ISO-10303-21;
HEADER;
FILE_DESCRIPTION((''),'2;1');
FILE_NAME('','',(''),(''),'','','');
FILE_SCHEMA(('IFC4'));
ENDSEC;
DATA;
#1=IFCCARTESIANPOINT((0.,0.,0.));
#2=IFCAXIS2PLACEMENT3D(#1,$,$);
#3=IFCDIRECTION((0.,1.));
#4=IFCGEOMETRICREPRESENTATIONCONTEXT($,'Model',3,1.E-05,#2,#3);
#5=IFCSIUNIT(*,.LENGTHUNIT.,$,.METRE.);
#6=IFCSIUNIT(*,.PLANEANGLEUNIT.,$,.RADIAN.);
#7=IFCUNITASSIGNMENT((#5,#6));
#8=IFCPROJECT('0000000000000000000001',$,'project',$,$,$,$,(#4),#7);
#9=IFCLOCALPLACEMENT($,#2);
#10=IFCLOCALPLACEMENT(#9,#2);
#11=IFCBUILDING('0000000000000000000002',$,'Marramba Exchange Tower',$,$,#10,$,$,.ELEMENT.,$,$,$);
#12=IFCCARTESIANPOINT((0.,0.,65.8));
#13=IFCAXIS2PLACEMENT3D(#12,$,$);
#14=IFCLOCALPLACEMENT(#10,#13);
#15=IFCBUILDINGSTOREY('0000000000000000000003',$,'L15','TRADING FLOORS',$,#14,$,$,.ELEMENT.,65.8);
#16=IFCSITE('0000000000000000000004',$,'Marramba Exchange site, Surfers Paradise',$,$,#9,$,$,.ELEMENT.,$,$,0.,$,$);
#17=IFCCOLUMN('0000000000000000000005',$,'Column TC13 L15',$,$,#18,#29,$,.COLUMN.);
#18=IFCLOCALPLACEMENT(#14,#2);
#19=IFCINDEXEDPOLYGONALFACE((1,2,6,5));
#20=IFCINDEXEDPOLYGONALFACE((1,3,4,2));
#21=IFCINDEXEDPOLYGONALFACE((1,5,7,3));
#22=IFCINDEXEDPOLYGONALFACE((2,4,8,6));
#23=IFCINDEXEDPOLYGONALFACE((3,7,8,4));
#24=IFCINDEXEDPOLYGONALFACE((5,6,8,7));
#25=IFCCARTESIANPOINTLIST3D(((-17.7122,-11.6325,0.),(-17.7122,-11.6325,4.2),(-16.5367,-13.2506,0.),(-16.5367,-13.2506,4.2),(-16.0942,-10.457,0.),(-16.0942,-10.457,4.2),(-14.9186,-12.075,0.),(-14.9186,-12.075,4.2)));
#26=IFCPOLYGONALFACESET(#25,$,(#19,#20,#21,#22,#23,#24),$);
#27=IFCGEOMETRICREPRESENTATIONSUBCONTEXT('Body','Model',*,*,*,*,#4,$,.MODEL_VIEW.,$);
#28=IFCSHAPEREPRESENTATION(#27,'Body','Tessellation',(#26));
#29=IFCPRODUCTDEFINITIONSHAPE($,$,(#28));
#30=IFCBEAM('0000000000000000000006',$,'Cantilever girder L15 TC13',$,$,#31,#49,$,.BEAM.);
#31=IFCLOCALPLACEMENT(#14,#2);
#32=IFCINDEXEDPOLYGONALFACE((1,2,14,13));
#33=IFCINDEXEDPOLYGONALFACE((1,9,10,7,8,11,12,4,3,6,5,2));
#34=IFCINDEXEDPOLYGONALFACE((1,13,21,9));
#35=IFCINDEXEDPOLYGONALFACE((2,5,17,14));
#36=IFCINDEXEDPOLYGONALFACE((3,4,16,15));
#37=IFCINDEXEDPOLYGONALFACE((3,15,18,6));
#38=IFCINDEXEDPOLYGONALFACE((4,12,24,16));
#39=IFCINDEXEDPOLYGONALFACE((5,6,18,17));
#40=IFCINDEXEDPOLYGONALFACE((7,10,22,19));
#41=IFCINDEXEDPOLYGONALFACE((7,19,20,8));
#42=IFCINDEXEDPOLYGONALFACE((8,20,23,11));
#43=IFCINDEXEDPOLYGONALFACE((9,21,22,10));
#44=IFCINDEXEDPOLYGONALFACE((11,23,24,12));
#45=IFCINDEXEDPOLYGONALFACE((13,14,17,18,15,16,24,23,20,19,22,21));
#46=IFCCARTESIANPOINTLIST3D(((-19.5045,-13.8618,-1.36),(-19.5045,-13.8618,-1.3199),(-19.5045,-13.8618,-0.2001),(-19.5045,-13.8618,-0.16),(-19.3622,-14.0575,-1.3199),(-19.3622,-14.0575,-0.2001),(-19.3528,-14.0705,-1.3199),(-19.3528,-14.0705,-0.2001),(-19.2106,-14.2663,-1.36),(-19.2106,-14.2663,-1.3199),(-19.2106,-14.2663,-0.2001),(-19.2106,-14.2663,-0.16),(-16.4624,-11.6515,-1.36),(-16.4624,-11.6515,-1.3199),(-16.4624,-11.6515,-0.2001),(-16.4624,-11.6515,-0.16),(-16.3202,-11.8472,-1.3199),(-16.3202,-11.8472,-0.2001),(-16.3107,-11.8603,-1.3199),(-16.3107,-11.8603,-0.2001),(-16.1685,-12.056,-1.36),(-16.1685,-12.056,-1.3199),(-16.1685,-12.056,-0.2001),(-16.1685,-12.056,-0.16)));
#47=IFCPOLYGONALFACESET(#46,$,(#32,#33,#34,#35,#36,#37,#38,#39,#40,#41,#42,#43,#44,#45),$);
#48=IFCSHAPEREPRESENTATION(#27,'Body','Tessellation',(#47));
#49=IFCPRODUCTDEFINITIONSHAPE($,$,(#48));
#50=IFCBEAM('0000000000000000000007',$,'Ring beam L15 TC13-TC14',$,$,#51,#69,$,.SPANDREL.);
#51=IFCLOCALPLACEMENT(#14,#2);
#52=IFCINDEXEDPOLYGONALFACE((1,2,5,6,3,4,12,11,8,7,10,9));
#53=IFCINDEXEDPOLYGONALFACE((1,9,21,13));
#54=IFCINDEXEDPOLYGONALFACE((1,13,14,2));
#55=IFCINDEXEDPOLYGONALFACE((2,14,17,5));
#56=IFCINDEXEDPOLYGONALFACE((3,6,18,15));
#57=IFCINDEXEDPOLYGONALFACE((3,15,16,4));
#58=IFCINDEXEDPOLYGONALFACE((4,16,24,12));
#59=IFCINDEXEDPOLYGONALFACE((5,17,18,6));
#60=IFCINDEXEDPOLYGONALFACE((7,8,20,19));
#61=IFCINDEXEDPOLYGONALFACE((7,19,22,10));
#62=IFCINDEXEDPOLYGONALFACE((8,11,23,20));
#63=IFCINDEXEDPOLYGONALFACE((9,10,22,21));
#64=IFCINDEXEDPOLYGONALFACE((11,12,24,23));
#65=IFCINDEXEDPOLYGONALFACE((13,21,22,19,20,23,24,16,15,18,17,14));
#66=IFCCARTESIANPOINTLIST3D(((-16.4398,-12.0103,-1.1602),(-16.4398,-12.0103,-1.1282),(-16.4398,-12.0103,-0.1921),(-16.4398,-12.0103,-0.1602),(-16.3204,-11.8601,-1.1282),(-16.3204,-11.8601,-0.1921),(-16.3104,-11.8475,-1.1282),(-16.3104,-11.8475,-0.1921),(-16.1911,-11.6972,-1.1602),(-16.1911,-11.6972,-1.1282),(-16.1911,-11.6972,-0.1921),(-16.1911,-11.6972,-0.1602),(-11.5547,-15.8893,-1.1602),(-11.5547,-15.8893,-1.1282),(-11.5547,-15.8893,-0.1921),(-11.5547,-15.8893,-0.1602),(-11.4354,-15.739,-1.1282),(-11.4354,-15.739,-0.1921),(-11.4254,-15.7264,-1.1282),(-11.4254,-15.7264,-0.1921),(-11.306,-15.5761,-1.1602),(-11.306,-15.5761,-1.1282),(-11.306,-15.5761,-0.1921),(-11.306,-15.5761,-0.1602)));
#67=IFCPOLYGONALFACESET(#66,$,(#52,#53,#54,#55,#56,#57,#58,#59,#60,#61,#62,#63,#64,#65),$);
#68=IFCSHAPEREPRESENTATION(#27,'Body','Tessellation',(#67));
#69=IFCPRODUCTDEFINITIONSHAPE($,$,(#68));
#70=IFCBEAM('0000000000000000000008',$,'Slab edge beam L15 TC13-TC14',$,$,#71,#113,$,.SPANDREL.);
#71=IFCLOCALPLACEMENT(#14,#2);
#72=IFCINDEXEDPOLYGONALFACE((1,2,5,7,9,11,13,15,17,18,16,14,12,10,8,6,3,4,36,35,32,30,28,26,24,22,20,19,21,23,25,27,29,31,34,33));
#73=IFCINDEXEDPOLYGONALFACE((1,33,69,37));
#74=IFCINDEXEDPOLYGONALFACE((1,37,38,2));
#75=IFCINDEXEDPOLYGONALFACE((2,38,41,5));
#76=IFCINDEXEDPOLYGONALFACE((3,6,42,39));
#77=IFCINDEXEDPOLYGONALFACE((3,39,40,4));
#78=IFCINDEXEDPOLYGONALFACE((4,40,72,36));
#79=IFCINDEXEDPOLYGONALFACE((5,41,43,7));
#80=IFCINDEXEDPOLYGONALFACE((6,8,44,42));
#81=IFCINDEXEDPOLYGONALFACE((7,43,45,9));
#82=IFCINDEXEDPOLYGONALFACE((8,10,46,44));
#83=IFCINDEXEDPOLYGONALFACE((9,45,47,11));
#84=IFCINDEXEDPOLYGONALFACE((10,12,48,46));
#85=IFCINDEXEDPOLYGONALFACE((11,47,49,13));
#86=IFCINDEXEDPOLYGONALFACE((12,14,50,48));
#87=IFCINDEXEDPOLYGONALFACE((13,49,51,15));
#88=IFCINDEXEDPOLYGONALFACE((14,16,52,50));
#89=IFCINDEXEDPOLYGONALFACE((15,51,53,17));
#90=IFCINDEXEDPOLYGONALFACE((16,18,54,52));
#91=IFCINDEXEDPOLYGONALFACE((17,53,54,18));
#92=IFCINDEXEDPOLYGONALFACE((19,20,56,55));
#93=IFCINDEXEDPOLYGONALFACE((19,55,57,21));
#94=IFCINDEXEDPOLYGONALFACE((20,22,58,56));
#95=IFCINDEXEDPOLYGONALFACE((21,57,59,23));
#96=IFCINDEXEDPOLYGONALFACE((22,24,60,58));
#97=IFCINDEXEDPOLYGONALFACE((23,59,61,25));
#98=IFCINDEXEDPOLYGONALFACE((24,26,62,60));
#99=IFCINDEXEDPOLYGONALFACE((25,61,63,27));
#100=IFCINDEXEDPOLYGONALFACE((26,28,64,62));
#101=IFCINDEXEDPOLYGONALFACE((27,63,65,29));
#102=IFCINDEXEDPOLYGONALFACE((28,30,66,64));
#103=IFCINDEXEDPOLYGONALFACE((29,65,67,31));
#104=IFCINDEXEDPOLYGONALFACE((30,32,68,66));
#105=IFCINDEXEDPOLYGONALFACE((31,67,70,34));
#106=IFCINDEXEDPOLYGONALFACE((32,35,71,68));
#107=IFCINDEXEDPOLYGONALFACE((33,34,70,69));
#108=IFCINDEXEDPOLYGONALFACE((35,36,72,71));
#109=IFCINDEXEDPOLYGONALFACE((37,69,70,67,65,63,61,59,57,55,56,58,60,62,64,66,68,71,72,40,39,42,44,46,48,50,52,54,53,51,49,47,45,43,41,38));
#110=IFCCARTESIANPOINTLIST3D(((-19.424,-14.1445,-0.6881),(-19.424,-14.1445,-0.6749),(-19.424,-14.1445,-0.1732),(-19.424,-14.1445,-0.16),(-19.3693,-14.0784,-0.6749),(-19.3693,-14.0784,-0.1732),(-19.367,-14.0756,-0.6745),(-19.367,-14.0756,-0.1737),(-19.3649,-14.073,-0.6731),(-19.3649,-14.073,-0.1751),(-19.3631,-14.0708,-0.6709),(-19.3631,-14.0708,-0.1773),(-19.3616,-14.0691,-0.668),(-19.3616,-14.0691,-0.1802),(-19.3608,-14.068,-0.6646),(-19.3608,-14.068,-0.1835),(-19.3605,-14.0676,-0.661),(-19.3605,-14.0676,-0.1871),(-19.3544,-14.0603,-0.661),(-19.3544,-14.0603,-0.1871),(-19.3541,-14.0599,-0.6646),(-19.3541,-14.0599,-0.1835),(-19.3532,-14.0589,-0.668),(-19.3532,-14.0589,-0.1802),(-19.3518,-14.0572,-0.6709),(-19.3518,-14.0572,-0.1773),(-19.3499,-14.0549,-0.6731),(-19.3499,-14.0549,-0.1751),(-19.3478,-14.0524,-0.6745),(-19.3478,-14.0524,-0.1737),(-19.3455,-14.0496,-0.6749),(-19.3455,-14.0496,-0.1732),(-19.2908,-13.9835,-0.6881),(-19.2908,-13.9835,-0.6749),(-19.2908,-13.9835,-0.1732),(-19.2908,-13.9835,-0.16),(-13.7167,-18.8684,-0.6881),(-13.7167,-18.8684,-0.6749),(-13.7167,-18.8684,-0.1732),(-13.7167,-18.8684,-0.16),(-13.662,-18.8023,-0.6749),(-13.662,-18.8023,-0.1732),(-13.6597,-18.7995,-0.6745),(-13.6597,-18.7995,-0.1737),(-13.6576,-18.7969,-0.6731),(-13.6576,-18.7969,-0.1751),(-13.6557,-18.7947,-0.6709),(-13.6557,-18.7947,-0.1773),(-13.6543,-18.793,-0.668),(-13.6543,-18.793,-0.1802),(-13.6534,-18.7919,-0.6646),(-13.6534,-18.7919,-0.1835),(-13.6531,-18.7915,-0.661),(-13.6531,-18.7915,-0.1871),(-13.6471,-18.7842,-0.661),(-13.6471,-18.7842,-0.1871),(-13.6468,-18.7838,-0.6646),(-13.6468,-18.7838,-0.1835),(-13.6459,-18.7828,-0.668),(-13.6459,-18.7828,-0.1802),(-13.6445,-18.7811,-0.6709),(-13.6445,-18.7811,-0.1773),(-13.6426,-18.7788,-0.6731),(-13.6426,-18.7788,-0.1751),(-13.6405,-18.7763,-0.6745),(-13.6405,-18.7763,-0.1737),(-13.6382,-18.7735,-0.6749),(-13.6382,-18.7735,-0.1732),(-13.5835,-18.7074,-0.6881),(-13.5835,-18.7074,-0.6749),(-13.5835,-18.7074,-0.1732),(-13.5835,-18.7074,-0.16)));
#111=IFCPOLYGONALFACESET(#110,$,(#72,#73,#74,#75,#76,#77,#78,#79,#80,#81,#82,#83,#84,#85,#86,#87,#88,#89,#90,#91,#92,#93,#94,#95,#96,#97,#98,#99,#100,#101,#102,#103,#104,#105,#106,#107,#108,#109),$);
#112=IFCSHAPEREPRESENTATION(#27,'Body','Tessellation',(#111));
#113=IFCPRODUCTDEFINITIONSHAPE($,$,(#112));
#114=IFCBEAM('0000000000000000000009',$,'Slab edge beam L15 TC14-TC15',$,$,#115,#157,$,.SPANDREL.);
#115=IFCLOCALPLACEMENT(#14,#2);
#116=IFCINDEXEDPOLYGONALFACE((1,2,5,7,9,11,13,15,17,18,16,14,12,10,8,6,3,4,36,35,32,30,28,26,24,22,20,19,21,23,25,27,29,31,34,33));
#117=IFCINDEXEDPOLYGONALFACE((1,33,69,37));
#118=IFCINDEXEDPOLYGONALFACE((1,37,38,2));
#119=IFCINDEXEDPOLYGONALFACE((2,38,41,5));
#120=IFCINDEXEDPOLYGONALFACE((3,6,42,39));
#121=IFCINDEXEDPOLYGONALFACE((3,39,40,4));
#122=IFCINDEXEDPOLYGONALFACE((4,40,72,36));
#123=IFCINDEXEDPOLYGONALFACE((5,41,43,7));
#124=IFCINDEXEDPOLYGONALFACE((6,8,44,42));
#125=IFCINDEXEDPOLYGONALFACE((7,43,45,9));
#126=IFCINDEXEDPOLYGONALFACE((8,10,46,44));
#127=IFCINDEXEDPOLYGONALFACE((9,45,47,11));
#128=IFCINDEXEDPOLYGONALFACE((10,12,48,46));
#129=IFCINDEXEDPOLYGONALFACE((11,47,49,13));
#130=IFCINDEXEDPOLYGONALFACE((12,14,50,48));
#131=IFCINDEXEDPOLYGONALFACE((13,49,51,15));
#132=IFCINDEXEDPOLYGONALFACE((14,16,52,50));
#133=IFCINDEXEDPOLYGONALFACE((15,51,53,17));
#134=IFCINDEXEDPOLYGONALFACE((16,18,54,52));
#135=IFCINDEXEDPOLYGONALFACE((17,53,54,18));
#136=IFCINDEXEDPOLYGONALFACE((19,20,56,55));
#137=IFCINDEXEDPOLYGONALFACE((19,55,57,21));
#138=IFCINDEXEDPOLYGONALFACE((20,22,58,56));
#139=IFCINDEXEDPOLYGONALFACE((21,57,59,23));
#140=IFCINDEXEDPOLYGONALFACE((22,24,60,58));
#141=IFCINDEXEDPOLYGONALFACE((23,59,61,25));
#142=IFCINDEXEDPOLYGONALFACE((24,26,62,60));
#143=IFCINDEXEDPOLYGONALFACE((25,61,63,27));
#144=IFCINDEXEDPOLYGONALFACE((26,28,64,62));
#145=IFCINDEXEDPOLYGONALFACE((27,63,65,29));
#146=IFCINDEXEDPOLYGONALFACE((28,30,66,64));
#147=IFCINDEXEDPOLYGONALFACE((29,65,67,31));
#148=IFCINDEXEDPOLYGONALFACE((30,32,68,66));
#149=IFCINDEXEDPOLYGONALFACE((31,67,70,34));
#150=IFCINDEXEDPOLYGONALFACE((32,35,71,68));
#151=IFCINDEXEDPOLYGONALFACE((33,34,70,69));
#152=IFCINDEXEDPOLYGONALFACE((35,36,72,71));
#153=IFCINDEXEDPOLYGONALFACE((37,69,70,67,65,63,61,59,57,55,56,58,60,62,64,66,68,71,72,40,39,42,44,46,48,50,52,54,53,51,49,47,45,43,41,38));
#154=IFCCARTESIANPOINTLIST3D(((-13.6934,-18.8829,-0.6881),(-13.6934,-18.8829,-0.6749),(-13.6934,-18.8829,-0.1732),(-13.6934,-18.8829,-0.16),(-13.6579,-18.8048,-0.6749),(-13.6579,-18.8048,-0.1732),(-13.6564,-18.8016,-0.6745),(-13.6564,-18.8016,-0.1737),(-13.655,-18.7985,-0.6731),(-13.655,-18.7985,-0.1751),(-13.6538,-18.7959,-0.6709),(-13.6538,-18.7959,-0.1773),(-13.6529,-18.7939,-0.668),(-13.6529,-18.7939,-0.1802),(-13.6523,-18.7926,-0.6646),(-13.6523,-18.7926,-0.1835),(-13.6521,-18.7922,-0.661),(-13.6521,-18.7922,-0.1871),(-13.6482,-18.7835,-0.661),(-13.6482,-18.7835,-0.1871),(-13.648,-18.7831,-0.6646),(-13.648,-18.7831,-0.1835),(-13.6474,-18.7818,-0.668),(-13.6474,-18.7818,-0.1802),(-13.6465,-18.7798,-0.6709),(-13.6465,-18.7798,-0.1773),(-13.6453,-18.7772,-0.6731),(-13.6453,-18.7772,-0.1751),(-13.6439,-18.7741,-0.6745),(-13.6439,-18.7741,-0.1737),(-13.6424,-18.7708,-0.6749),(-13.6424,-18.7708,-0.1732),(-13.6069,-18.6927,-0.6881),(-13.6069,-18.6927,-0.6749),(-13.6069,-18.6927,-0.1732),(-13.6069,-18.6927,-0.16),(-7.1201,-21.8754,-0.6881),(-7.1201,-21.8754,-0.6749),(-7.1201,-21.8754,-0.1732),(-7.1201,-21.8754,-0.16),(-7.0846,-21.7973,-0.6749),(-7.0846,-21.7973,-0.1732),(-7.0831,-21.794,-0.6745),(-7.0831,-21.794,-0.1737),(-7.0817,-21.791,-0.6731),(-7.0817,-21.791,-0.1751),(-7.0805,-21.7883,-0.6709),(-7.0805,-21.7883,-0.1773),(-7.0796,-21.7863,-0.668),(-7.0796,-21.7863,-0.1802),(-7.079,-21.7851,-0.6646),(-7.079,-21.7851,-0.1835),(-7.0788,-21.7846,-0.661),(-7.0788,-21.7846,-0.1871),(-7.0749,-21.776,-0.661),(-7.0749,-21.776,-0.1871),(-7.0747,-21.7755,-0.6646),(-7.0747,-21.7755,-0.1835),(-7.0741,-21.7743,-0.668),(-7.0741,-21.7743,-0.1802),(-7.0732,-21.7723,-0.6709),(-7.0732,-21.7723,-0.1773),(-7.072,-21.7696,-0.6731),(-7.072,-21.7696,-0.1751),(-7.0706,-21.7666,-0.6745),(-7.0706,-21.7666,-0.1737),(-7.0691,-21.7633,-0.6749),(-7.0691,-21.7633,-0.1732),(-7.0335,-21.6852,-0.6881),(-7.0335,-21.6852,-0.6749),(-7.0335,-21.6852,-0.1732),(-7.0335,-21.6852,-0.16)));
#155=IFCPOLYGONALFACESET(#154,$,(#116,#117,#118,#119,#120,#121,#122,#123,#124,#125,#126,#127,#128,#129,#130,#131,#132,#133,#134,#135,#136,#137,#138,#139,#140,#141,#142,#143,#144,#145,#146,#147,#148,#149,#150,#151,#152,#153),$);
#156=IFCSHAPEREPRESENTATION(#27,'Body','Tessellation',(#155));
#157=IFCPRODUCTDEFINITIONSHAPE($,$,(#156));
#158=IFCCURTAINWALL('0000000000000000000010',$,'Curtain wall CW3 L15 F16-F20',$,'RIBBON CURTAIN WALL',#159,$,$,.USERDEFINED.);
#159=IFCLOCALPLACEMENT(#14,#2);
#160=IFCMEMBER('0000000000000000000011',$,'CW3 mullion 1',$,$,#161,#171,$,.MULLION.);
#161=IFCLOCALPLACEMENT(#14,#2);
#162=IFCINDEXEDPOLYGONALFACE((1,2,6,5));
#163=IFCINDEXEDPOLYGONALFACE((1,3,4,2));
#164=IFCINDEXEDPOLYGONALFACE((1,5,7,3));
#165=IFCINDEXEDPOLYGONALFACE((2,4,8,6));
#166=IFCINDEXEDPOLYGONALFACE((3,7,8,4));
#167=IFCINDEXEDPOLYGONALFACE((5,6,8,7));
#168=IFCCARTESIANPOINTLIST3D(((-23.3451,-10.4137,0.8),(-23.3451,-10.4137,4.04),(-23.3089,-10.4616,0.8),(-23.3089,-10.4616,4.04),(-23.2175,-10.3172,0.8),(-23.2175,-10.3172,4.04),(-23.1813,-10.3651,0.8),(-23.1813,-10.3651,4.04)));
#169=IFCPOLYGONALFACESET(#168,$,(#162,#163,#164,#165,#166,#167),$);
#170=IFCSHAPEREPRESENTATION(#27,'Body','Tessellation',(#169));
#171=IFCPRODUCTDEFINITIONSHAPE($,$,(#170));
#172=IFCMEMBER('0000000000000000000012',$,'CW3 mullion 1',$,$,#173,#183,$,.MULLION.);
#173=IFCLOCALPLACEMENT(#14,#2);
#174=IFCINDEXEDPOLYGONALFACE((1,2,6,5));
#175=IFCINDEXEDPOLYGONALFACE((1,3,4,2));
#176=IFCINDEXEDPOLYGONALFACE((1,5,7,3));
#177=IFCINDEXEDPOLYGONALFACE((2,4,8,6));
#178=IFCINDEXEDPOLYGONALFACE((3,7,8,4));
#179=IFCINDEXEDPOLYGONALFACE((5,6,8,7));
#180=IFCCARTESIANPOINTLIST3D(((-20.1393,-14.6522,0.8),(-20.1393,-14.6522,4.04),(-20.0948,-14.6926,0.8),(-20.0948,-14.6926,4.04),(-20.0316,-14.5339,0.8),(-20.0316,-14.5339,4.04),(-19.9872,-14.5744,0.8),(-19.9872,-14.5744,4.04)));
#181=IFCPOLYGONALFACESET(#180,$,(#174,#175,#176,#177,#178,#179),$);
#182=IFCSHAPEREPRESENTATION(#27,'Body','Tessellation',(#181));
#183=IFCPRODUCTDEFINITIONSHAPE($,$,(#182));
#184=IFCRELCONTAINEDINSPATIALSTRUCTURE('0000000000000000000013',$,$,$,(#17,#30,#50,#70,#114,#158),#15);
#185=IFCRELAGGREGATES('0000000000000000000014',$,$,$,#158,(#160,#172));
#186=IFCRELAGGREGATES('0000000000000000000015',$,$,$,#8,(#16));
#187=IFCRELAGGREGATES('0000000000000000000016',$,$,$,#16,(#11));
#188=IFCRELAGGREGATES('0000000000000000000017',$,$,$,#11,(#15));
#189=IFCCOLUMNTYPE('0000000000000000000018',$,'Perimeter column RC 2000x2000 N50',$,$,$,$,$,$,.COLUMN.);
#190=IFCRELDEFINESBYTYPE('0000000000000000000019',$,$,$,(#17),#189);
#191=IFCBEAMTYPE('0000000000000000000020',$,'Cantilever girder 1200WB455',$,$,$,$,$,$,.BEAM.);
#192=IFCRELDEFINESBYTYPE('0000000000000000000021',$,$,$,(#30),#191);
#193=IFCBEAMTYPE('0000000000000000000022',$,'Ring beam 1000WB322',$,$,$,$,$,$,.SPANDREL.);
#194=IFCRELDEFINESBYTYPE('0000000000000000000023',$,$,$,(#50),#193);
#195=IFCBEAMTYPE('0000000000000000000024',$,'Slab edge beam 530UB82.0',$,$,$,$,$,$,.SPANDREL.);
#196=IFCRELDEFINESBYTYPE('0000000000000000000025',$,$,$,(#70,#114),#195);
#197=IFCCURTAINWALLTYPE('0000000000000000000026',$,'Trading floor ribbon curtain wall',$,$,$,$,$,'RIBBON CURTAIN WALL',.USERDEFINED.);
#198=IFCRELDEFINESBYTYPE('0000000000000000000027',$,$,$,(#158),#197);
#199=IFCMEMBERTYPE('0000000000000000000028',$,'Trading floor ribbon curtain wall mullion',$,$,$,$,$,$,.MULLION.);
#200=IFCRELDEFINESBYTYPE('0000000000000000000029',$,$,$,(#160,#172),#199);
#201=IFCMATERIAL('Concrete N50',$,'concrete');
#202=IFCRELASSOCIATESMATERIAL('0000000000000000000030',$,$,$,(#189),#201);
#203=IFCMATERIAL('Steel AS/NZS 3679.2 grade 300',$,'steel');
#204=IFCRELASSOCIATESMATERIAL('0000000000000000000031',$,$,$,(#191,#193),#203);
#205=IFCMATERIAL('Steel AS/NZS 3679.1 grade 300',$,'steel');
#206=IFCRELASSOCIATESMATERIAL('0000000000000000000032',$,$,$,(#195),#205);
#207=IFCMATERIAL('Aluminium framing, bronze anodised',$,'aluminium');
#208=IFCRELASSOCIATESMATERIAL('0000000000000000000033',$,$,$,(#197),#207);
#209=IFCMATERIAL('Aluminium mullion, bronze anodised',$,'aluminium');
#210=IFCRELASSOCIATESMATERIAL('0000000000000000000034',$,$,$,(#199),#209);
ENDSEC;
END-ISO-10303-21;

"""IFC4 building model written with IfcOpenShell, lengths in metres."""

from ifc_helpers import new_model, si_unit, direction, frame, origin, origin_2d, place, context, subcontext, project, spatial, rectangle, i_section, extrude, material, material_profile, profile_set, type_object, element, aggregate, save


model = new_model("IFC4")

# Units and contexts
model_context = context("Model", 3, precision=1e-05, world=origin(), true_north=direction((0.0, 1.0)))
body_context = subcontext(model_context, "Body", "Model", "MODEL_VIEW")
ifc_project = project(units=[si_unit("LENGTHUNIT", "METRE"), si_unit("PLANEANGLEUNIT", "RADIAN")], contexts=[model_context])

# Site, building, storey
site_placement = place(None, origin())
site = spatial("IfcSite", under=ifc_project, at=site_placement, Name="Marramba Exchange site, Surfers Paradise", CompositionType="ELEMENT", RefElevation=0.0)
building_placement = place(site_placement, origin())
building = spatial("IfcBuilding", under=site, at=building_placement, Name="Marramba Exchange Tower", CompositionType="ELEMENT")
storey_placement = place(building_placement, frame((0.0, 0.0, 65.8)))
storey = spatial("IfcBuildingStorey", under=building, at=storey_placement, Name="L15", Description="TRADING FLOORS", CompositionType="ELEMENT", Elevation=65.8)

# Column
ifc_material_1 = material(Name="Concrete N50", Category="concrete")
ifc_material_profile_1 = material_profile(ifc_material_1, rectangle(XDim=2.0, YDim=2.0, at=origin_2d()), Name="RC 2000x2000")
ifc_profile_set_1 = profile_set([ifc_material_profile_1], Name="Concrete N50")
column_type = type_object("IfcColumnType", Name="Perimeter column RC 2000x2000 N50", PredefinedType="COLUMN", material=ifc_profile_set_1)
column_placement = place(storey_placement, frame((-16.3154, -11.8538, 0.0), z_axis=(0.0, 0.0, 1.0), x_axis=(-0.809017, -0.587785, 0.0)))
element("IfcColumn", 1, at=column_placement, inside=storey, type_object=column_type, Name="Column TC13 L15", PredefinedType="COLUMN", context=body_context, shape_type="SweptSolid", body=[
    extrude(rectangle(XDim=2.0, YDim=2.0, at=origin_2d()), origin(), (0.0, 0.0, 1.0), 4.2),
])

# Beams
ifc_material_2 = material(Name="Steel AS/NZS 3679.2 grade 300", Category="steel")
ifc_material_profile_2 = material_profile(ifc_material_2, i_section(OverallWidth=0.5, OverallDepth=1.2, WebThickness=0.0161, FlangeThickness=0.04, at=origin_2d()), Name="1200WB455")
ifc_profile_set_2 = profile_set([ifc_material_profile_2], Name="Steel AS/NZS 3679.2 grade 300")
beam_type_1 = type_object("IfcBeamType", Name="Cantilever girder 1200WB455", PredefinedType="BEAM", material=ifc_profile_set_2)
beam_1_placement = place(storey_placement, frame((-16.3154, -11.8538, -0.76), z_axis=(-0.809008, -0.587797, 0.0), x_axis=(0.587797, -0.809008, 0.0)))
element("IfcBeam", 2, at=beam_1_placement, inside=storey, type_object=beam_type_1, Name="Cantilever girder L15 TC13", PredefinedType="BEAM", context=body_context, shape_type="SweptSolid", body=[
    extrude(i_section(OverallWidth=0.5, OverallDepth=1.2, WebThickness=0.0161, FlangeThickness=0.04, at=origin_2d()), origin(), (0.0, 0.0, 1.0), 3.7603),
])
ifc_material_profile_3 = material_profile(ifc_material_2, i_section(OverallWidth=0.3999, OverallDepth=1.0, WebThickness=0.0161, FlangeThickness=0.032, at=origin_2d()), Name="1000WB322")
ifc_profile_set_3 = profile_set([ifc_material_profile_3], Name="Steel AS/NZS 3679.2 grade 300")
beam_type_2 = type_object("IfcBeamType", Name="Ring beam 1000WB322", PredefinedType="SPANDREL", material=ifc_profile_set_3)
beam_2_placement = place(storey_placement, frame((-16.3154, -11.8538, -0.6602), z_axis=(0.783139, -0.621846, 0.0), x_axis=(0.621846, 0.783139, 0.0)))
element("IfcBeam", 3, at=beam_2_placement, inside=storey, type_object=beam_type_2, Name="Ring beam L15 TC13-TC14", PredefinedType="SPANDREL", context=body_context, shape_type="SweptSolid", body=[
    extrude(i_section(OverallWidth=0.3999, OverallDepth=1.0, WebThickness=0.0161, FlangeThickness=0.032, at=origin_2d()), origin(), (0.0, 0.0, 1.0), 6.2378),
])
ifc_material_3 = material(Name="Steel AS/NZS 3679.1 grade 300", Category="steel")
ifc_material_profile_4 = material_profile(ifc_material_3, i_section(OverallWidth=0.209, OverallDepth=0.5281, WebThickness=0.0095, FlangeThickness=0.0132, FilletRadius=0.0139, at=origin_2d()), Name="530UB82.0")
ifc_profile_set_4 = profile_set([ifc_material_profile_4], Name="Steel AS/NZS 3679.1 grade 300")
beam_type_3 = type_object("IfcBeamType", Name="Slab edge beam 530UB82.0", PredefinedType="SPANDREL", material=ifc_profile_set_4)
beam_3_placement = place(storey_placement, frame((-19.3574, -14.064, -0.4241), z_axis=(0.770354, -0.637617, 0.0), x_axis=(0.637617, 0.770354, 0.0)))
element("IfcBeam", 4, at=beam_3_placement, inside=storey, type_object=beam_type_3, Name="Slab edge beam L15 TC13-TC14", PredefinedType="SPANDREL", context=body_context, shape_type="SweptSolid", body=[
    extrude(i_section(OverallWidth=0.209, OverallDepth=0.5281, WebThickness=0.0095, FlangeThickness=0.0132, FilletRadius=0.0139, at=origin_2d()), origin(), (0.0, 0.0, 1.0), 7.4087),
])
beam_4_placement = place(storey_placement, frame((-13.6501, -18.7878, -0.4241), z_axis=(0.910127, -0.41433, 0.0), x_axis=(0.41433, 0.910127, 0.0)))
element("IfcBeam", 5, at=beam_4_placement, inside=storey, type_object=beam_type_3, Name="Slab edge beam L15 TC14-TC15", PredefinedType="SPANDREL", context=body_context, shape_type="SweptSolid", body=[
    extrude(i_section(OverallWidth=0.209, OverallDepth=0.5281, WebThickness=0.0095, FlangeThickness=0.0132, FilletRadius=0.0139, at=origin_2d()), origin(), (0.0, 0.0, 1.0), 7.2224),
])

# Curtain wall, members
ifc_material_4 = material(Name="Aluminium framing, bronze anodised", Category="aluminium")
curtain_wall_type = type_object("IfcCurtainWallType", Name="Trading floor ribbon curtain wall", ElementType="RIBBON CURTAIN WALL", PredefinedType="USERDEFINED", material=ifc_material_4)
curtain_wall_placement = place(storey_placement, origin())
curtain_wall = element("IfcCurtainWall", 6, at=curtain_wall_placement, inside=storey, type_object=curtain_wall_type, Name="Curtain wall CW3 L15 F16-F20", ObjectType="RIBBON CURTAIN WALL", PredefinedType="USERDEFINED")
ifc_material_5 = material(Name="Aluminium mullion, bronze anodised", Category="aluminium")
ifc_material_profile_5 = material_profile(ifc_material_5, rectangle(XDim=0.1599, YDim=0.0601, at=origin_2d()), Name="CW3 mullion 60x160")
ifc_profile_set_5 = profile_set([ifc_material_profile_5], Name="Aluminium mullion, bronze anodised")
member_type_1 = type_object("IfcMemberType", Name="Trading floor ribbon curtain wall mullion", PredefinedType="MULLION", material=ifc_profile_set_5)
member_1_placement = place(storey_placement, frame((-23.2632, -10.3894, 0.8), z_axis=(0.0, 0.0, 1.0), x_axis=(0.797711, 0.60304, 0.0)))
member_1 = element("IfcMember", 7, at=member_1_placement, type_object=member_type_1, Name="CW3 mullion 1", PredefinedType="MULLION", context=body_context, shape_type="SweptSolid", body=[
    extrude(rectangle(XDim=0.1599, YDim=0.0601, at=origin_2d()), origin(), (0.0, 0.0, 1.0), 3.24),
])
member_2_placement = place(storey_placement, frame((-20.0632, -14.6133, 0.8), z_axis=(0.0, 0.0, 1.0), x_axis=(0.673058, 0.73959, 0.0)))
member_2 = element("IfcMember", 8, at=member_2_placement, type_object=member_type_1, Name="CW3 mullion 1", PredefinedType="MULLION", context=body_context, shape_type="SweptSolid", body=[
    extrude(rectangle(XDim=0.1599, YDim=0.0601, at=origin_2d()), origin(), (0.0, 0.0, 1.0), 3.24),
])
aggregate(curtain_wall, [member_1, member_2])

save(model, "model.ifc")
